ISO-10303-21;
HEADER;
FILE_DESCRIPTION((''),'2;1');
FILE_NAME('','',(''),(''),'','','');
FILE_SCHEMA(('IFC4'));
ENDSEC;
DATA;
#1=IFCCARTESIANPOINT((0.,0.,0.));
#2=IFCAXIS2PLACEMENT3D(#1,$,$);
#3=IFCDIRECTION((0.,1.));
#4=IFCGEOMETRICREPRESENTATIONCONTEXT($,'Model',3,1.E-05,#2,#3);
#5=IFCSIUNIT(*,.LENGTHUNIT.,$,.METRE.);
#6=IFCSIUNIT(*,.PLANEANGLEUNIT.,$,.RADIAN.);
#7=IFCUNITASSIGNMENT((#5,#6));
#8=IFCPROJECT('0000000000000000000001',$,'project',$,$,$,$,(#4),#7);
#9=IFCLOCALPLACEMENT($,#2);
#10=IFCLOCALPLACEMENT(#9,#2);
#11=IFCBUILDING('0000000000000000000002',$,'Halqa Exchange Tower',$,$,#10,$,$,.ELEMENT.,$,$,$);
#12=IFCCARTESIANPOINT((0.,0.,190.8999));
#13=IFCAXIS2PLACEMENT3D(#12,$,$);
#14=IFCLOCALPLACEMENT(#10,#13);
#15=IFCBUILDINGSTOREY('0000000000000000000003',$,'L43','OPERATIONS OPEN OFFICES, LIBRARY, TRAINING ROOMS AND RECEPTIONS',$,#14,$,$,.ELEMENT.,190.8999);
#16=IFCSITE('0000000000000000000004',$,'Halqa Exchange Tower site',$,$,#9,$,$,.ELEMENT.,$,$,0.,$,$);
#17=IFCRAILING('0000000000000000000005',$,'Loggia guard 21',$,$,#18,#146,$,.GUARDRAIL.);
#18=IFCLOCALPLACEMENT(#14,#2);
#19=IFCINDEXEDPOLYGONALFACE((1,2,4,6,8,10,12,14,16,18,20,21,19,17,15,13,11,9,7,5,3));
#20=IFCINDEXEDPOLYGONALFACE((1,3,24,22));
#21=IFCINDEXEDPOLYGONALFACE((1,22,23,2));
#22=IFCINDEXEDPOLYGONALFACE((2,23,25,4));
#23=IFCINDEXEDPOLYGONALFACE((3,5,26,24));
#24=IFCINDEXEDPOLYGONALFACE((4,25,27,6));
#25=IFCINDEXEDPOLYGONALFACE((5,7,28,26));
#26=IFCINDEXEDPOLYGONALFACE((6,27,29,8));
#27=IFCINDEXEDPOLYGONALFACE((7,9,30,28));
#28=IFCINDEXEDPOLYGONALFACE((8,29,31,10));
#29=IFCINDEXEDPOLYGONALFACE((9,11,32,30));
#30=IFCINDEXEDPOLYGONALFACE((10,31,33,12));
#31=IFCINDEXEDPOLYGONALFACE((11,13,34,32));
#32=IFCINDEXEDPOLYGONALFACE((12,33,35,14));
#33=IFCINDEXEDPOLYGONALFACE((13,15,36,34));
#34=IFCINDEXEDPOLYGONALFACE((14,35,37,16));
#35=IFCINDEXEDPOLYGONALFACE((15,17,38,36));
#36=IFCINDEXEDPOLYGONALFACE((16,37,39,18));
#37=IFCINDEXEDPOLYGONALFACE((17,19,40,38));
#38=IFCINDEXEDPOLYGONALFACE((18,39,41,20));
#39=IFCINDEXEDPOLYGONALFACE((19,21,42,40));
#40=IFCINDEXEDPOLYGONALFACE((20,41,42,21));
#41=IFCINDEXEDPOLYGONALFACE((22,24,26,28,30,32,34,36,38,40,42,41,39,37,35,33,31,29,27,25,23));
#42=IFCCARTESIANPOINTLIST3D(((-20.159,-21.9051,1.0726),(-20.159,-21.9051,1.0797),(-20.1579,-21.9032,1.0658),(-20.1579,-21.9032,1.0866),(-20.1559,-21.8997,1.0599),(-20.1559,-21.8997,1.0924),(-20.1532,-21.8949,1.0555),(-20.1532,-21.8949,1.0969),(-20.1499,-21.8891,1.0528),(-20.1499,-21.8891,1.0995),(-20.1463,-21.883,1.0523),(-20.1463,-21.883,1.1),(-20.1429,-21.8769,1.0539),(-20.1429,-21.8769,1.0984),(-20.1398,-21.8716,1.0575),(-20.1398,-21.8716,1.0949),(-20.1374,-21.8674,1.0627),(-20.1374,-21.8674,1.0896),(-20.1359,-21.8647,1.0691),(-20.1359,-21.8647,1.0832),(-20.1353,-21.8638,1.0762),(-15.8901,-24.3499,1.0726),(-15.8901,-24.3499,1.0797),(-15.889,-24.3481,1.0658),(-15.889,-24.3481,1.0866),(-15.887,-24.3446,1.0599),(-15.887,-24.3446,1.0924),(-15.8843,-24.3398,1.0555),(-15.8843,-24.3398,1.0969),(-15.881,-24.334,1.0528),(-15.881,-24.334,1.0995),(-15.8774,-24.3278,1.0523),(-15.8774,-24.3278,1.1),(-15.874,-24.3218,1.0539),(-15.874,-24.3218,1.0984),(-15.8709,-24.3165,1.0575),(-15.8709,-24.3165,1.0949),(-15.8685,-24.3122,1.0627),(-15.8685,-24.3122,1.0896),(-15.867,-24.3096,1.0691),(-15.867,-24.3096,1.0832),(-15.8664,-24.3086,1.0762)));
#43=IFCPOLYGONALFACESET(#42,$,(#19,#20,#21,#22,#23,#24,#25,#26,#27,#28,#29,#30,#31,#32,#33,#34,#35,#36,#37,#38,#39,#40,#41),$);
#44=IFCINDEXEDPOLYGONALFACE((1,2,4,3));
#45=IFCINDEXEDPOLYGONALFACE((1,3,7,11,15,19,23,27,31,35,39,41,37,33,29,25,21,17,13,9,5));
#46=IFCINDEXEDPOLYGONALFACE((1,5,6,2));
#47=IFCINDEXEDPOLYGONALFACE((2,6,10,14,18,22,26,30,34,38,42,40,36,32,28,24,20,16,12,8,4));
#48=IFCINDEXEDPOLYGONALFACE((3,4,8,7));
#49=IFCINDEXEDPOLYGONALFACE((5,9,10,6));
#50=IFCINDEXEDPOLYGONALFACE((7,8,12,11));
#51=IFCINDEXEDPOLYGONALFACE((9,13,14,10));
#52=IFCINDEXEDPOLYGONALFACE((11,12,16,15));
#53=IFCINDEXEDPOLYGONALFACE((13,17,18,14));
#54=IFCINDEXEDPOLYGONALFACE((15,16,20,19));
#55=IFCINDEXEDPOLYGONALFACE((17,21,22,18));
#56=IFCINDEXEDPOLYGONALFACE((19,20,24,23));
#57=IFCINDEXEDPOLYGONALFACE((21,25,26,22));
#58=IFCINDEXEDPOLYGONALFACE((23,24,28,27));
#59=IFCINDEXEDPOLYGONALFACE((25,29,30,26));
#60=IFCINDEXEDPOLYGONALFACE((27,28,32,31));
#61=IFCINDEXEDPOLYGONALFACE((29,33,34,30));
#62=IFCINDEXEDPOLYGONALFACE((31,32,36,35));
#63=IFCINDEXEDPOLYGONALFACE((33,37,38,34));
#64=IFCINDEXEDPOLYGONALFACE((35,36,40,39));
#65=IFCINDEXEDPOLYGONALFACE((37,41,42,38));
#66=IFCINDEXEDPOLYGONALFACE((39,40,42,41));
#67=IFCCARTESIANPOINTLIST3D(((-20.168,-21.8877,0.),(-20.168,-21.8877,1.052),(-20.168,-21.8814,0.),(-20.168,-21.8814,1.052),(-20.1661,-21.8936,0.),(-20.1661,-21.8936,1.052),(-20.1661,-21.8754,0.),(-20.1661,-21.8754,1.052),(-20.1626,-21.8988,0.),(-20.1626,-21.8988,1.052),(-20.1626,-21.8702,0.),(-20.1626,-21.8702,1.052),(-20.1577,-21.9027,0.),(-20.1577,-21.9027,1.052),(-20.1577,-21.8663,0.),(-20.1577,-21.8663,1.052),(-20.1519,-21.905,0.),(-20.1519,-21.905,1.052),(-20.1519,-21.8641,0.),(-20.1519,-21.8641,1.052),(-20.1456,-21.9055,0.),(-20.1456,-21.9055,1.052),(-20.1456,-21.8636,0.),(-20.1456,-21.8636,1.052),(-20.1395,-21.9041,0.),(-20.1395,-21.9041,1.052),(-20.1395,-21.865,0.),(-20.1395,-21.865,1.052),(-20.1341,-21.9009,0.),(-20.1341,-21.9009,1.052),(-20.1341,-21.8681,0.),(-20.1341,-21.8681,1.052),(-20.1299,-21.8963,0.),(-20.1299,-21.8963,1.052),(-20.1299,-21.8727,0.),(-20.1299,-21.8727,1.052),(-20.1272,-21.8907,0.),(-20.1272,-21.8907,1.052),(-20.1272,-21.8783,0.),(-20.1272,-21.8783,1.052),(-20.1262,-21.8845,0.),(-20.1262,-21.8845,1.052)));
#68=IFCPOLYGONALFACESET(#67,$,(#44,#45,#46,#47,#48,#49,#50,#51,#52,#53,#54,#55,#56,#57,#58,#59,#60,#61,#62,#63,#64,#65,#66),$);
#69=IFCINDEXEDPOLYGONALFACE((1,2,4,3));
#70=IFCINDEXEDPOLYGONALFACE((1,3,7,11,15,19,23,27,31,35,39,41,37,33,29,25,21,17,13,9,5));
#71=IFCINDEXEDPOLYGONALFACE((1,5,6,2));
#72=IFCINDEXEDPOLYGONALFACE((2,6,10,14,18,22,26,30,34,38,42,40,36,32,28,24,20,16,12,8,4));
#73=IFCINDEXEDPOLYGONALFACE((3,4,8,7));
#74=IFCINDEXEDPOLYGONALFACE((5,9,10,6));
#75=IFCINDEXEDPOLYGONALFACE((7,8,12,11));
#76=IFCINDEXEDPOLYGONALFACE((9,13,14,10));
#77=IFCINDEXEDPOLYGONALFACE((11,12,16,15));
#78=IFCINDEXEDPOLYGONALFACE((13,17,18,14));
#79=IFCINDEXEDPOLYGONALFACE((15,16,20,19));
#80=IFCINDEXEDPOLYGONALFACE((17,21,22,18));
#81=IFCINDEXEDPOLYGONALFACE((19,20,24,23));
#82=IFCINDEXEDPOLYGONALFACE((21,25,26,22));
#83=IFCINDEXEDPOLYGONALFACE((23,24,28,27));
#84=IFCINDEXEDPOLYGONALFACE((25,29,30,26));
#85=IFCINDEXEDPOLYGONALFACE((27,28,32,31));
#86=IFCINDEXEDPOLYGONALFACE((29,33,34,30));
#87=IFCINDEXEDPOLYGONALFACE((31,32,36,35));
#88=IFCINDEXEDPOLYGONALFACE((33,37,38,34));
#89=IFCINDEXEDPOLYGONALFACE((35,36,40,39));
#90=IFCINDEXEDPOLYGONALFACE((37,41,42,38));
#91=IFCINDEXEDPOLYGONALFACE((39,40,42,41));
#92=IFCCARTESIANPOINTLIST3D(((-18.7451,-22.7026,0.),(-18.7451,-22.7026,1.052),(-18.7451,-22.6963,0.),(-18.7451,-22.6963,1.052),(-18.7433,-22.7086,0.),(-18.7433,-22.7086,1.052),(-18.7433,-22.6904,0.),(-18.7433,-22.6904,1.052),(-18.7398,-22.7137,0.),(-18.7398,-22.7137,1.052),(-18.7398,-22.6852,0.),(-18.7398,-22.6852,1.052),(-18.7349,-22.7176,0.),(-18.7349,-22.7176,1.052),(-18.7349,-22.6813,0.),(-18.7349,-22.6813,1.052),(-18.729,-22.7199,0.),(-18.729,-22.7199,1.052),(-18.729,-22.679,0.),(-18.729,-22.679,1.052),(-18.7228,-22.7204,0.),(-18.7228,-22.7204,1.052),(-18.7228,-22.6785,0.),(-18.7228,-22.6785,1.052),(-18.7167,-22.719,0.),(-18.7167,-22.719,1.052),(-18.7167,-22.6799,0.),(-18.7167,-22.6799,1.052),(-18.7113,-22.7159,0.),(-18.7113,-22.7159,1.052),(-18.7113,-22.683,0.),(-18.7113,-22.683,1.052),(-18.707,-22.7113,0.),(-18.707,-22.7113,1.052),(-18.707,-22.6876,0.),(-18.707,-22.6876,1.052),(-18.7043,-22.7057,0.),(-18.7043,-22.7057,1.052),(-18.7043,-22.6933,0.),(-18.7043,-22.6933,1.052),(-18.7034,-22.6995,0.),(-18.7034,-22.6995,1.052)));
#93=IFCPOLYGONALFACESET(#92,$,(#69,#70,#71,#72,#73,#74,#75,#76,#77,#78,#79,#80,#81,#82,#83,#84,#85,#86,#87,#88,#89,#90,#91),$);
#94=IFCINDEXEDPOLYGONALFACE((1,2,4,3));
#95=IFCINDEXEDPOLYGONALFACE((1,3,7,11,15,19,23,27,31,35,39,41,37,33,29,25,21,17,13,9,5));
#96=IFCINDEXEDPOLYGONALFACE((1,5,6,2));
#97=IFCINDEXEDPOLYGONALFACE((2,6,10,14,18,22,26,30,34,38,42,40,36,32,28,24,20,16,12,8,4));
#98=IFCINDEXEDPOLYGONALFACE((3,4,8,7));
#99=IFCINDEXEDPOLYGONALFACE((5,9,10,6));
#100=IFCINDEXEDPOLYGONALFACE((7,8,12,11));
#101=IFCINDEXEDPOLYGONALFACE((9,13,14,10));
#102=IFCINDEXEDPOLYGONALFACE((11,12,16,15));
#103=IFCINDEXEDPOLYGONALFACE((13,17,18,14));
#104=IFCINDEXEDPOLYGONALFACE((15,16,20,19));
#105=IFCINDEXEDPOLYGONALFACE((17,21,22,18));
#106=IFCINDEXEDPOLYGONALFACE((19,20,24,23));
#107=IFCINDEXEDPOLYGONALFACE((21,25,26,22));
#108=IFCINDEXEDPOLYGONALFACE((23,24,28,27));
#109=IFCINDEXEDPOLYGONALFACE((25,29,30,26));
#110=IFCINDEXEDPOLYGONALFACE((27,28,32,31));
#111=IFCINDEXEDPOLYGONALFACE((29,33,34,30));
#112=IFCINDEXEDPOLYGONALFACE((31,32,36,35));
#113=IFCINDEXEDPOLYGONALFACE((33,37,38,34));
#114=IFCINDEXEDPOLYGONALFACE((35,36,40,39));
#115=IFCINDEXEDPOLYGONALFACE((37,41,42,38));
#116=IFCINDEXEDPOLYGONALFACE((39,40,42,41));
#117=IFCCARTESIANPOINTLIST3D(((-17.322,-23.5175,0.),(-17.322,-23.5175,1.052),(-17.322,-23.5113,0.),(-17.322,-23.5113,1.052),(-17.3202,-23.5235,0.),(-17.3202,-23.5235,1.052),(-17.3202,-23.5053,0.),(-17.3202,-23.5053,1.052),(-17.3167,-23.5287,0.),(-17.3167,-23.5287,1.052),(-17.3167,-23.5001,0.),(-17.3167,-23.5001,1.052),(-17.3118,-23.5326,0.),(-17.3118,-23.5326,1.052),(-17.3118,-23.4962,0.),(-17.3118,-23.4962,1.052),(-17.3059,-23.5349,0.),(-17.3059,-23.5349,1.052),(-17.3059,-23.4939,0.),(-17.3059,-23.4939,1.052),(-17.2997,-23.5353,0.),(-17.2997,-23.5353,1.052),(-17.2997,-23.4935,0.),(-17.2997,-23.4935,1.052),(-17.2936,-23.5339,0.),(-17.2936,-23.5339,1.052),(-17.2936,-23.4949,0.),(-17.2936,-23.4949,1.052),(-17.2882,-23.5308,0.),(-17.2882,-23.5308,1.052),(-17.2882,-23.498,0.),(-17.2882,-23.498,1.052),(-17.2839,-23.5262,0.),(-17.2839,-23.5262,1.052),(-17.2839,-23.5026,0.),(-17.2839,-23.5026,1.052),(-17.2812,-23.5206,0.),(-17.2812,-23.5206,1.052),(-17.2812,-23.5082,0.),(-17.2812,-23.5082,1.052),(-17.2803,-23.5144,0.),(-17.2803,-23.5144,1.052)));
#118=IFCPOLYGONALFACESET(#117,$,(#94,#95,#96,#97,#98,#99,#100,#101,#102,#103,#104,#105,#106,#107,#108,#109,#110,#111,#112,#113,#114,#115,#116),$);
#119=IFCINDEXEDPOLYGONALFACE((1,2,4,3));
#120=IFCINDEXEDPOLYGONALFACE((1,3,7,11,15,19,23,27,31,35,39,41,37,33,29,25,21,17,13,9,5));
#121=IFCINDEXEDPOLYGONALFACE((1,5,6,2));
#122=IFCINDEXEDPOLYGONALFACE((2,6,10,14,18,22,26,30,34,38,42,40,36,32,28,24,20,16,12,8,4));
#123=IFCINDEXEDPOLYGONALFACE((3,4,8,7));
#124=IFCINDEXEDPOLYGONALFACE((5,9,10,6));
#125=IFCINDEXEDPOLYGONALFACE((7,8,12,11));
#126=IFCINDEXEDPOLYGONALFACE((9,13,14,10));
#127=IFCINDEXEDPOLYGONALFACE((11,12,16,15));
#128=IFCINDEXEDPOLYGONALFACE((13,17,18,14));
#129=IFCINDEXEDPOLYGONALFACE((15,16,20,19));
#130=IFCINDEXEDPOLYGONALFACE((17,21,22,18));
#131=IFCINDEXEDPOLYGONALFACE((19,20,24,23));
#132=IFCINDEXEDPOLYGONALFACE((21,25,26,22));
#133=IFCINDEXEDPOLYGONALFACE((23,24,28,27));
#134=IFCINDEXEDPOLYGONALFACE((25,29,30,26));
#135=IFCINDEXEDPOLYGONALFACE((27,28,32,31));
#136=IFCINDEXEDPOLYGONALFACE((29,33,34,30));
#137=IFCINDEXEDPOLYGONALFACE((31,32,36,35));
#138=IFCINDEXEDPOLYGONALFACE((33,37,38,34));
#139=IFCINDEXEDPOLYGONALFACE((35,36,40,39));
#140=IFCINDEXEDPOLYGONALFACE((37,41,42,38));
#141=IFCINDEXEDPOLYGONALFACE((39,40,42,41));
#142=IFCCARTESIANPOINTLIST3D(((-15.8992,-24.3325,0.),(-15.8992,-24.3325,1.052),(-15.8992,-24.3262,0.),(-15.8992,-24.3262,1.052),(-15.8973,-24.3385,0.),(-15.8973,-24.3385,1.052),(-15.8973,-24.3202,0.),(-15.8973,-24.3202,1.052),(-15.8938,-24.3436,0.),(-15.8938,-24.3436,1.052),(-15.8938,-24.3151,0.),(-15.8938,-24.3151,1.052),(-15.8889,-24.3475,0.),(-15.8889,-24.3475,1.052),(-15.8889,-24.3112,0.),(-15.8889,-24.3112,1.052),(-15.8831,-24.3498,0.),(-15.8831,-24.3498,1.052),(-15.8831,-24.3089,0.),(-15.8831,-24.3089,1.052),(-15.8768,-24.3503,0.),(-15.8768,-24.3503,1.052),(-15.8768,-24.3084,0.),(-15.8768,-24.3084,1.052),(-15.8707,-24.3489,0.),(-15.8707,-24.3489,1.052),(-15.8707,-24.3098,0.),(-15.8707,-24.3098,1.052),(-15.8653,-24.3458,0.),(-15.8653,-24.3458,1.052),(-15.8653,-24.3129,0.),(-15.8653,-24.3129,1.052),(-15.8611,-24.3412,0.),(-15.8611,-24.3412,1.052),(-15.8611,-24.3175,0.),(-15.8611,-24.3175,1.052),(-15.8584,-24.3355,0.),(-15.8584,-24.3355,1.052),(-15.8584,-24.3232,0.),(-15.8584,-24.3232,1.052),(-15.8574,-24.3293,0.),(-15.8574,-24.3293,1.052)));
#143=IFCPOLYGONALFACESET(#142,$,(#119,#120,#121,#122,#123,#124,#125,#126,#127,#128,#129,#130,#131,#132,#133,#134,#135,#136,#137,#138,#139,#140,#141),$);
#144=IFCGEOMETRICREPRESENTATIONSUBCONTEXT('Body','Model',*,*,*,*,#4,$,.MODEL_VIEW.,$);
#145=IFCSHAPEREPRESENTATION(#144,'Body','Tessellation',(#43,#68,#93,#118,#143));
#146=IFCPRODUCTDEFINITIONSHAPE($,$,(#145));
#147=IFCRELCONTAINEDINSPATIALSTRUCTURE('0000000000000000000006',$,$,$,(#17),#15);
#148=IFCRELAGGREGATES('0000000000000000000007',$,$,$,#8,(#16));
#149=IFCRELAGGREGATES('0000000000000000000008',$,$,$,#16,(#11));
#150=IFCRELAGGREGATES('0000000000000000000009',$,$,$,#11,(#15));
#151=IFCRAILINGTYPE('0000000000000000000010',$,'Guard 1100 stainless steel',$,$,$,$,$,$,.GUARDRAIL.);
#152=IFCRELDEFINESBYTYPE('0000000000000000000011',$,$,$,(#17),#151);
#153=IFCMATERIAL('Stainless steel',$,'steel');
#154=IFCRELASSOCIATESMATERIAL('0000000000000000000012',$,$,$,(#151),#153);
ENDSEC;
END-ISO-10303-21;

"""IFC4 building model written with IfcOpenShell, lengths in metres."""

from ifc_helpers import new_model, si_unit, direction, frame, origin, origin_2d, place, context, subcontext, project, spatial, circle, extrude, material, type_object, element, save


model = new_model("IFC4")

# Units and contexts
model_context = context("Model", 3, precision=1e-05, world=origin(), true_north=direction((0.0, 1.0)))
body_context = subcontext(model_context, "Body", "Model", "MODEL_VIEW")
ifc_project = project(units=[si_unit("LENGTHUNIT", "METRE"), si_unit("PLANEANGLEUNIT", "RADIAN")], contexts=[model_context])

# Site, building, storey
site_placement = place(None, origin())
site = spatial("IfcSite", under=ifc_project, at=site_placement, Name="Halqa Exchange Tower site", CompositionType="ELEMENT", RefElevation=0.0)
building_placement = place(site_placement, origin())
building = spatial("IfcBuilding", under=site, at=building_placement, Name="Halqa Exchange Tower", CompositionType="ELEMENT")
storey_placement = place(building_placement, frame((0.0, 0.0, 190.8999)))
storey = spatial("IfcBuildingStorey", under=building, at=storey_placement, Name="L43", Description="OPERATIONS OPEN OFFICES, LIBRARY, TRAINING ROOMS AND RECEPTIONS", CompositionType="ELEMENT", Elevation=190.8999)

# Railing
ifc_material_1 = material(Name="Stainless steel", Category="steel")
railing_type = type_object("IfcRailingType", Name="Guard 1100 stainless steel", PredefinedType="GUARDRAIL", material=ifc_material_1)
railing_1_placement = place(storey_placement, frame((-20.1472, -21.8845, 0.0)))
element("IfcRailing", 1, at=railing_1_placement, inside=storey, type_object=railing_type, Name="Loggia guard 21", PredefinedType="GUARDRAIL", context=body_context, shape_type="SweptSolid", body=[
    extrude(circle(Radius=0.0239, at=origin_2d()), frame((0.0, 0.0, 1.0762), z_axis=(0.86776, -0.496983, 0.0), x_axis=(0.496983, 0.86776, 0.0)), (0.0, 0.0, 1.0), 4.9194),
    extrude(circle(Radius=0.021, at=origin_2d()), origin(), (0.0, 0.0, 1.0), 1.052),
    extrude(circle(Radius=0.021, at=origin_2d()), frame((1.4229, -0.8149, 0.0)), (0.0, 0.0, 1.0), 1.052),
    extrude(circle(Radius=0.021, at=origin_2d()), frame((2.8459, -1.6299, 0.0)), (0.0, 0.0, 1.0), 1.052),
    extrude(circle(Radius=0.021, at=origin_2d()), frame((4.2688, -2.4448, 0.0)), (0.0, 0.0, 1.0), 1.052),
])

save(model, "model.ifc")
